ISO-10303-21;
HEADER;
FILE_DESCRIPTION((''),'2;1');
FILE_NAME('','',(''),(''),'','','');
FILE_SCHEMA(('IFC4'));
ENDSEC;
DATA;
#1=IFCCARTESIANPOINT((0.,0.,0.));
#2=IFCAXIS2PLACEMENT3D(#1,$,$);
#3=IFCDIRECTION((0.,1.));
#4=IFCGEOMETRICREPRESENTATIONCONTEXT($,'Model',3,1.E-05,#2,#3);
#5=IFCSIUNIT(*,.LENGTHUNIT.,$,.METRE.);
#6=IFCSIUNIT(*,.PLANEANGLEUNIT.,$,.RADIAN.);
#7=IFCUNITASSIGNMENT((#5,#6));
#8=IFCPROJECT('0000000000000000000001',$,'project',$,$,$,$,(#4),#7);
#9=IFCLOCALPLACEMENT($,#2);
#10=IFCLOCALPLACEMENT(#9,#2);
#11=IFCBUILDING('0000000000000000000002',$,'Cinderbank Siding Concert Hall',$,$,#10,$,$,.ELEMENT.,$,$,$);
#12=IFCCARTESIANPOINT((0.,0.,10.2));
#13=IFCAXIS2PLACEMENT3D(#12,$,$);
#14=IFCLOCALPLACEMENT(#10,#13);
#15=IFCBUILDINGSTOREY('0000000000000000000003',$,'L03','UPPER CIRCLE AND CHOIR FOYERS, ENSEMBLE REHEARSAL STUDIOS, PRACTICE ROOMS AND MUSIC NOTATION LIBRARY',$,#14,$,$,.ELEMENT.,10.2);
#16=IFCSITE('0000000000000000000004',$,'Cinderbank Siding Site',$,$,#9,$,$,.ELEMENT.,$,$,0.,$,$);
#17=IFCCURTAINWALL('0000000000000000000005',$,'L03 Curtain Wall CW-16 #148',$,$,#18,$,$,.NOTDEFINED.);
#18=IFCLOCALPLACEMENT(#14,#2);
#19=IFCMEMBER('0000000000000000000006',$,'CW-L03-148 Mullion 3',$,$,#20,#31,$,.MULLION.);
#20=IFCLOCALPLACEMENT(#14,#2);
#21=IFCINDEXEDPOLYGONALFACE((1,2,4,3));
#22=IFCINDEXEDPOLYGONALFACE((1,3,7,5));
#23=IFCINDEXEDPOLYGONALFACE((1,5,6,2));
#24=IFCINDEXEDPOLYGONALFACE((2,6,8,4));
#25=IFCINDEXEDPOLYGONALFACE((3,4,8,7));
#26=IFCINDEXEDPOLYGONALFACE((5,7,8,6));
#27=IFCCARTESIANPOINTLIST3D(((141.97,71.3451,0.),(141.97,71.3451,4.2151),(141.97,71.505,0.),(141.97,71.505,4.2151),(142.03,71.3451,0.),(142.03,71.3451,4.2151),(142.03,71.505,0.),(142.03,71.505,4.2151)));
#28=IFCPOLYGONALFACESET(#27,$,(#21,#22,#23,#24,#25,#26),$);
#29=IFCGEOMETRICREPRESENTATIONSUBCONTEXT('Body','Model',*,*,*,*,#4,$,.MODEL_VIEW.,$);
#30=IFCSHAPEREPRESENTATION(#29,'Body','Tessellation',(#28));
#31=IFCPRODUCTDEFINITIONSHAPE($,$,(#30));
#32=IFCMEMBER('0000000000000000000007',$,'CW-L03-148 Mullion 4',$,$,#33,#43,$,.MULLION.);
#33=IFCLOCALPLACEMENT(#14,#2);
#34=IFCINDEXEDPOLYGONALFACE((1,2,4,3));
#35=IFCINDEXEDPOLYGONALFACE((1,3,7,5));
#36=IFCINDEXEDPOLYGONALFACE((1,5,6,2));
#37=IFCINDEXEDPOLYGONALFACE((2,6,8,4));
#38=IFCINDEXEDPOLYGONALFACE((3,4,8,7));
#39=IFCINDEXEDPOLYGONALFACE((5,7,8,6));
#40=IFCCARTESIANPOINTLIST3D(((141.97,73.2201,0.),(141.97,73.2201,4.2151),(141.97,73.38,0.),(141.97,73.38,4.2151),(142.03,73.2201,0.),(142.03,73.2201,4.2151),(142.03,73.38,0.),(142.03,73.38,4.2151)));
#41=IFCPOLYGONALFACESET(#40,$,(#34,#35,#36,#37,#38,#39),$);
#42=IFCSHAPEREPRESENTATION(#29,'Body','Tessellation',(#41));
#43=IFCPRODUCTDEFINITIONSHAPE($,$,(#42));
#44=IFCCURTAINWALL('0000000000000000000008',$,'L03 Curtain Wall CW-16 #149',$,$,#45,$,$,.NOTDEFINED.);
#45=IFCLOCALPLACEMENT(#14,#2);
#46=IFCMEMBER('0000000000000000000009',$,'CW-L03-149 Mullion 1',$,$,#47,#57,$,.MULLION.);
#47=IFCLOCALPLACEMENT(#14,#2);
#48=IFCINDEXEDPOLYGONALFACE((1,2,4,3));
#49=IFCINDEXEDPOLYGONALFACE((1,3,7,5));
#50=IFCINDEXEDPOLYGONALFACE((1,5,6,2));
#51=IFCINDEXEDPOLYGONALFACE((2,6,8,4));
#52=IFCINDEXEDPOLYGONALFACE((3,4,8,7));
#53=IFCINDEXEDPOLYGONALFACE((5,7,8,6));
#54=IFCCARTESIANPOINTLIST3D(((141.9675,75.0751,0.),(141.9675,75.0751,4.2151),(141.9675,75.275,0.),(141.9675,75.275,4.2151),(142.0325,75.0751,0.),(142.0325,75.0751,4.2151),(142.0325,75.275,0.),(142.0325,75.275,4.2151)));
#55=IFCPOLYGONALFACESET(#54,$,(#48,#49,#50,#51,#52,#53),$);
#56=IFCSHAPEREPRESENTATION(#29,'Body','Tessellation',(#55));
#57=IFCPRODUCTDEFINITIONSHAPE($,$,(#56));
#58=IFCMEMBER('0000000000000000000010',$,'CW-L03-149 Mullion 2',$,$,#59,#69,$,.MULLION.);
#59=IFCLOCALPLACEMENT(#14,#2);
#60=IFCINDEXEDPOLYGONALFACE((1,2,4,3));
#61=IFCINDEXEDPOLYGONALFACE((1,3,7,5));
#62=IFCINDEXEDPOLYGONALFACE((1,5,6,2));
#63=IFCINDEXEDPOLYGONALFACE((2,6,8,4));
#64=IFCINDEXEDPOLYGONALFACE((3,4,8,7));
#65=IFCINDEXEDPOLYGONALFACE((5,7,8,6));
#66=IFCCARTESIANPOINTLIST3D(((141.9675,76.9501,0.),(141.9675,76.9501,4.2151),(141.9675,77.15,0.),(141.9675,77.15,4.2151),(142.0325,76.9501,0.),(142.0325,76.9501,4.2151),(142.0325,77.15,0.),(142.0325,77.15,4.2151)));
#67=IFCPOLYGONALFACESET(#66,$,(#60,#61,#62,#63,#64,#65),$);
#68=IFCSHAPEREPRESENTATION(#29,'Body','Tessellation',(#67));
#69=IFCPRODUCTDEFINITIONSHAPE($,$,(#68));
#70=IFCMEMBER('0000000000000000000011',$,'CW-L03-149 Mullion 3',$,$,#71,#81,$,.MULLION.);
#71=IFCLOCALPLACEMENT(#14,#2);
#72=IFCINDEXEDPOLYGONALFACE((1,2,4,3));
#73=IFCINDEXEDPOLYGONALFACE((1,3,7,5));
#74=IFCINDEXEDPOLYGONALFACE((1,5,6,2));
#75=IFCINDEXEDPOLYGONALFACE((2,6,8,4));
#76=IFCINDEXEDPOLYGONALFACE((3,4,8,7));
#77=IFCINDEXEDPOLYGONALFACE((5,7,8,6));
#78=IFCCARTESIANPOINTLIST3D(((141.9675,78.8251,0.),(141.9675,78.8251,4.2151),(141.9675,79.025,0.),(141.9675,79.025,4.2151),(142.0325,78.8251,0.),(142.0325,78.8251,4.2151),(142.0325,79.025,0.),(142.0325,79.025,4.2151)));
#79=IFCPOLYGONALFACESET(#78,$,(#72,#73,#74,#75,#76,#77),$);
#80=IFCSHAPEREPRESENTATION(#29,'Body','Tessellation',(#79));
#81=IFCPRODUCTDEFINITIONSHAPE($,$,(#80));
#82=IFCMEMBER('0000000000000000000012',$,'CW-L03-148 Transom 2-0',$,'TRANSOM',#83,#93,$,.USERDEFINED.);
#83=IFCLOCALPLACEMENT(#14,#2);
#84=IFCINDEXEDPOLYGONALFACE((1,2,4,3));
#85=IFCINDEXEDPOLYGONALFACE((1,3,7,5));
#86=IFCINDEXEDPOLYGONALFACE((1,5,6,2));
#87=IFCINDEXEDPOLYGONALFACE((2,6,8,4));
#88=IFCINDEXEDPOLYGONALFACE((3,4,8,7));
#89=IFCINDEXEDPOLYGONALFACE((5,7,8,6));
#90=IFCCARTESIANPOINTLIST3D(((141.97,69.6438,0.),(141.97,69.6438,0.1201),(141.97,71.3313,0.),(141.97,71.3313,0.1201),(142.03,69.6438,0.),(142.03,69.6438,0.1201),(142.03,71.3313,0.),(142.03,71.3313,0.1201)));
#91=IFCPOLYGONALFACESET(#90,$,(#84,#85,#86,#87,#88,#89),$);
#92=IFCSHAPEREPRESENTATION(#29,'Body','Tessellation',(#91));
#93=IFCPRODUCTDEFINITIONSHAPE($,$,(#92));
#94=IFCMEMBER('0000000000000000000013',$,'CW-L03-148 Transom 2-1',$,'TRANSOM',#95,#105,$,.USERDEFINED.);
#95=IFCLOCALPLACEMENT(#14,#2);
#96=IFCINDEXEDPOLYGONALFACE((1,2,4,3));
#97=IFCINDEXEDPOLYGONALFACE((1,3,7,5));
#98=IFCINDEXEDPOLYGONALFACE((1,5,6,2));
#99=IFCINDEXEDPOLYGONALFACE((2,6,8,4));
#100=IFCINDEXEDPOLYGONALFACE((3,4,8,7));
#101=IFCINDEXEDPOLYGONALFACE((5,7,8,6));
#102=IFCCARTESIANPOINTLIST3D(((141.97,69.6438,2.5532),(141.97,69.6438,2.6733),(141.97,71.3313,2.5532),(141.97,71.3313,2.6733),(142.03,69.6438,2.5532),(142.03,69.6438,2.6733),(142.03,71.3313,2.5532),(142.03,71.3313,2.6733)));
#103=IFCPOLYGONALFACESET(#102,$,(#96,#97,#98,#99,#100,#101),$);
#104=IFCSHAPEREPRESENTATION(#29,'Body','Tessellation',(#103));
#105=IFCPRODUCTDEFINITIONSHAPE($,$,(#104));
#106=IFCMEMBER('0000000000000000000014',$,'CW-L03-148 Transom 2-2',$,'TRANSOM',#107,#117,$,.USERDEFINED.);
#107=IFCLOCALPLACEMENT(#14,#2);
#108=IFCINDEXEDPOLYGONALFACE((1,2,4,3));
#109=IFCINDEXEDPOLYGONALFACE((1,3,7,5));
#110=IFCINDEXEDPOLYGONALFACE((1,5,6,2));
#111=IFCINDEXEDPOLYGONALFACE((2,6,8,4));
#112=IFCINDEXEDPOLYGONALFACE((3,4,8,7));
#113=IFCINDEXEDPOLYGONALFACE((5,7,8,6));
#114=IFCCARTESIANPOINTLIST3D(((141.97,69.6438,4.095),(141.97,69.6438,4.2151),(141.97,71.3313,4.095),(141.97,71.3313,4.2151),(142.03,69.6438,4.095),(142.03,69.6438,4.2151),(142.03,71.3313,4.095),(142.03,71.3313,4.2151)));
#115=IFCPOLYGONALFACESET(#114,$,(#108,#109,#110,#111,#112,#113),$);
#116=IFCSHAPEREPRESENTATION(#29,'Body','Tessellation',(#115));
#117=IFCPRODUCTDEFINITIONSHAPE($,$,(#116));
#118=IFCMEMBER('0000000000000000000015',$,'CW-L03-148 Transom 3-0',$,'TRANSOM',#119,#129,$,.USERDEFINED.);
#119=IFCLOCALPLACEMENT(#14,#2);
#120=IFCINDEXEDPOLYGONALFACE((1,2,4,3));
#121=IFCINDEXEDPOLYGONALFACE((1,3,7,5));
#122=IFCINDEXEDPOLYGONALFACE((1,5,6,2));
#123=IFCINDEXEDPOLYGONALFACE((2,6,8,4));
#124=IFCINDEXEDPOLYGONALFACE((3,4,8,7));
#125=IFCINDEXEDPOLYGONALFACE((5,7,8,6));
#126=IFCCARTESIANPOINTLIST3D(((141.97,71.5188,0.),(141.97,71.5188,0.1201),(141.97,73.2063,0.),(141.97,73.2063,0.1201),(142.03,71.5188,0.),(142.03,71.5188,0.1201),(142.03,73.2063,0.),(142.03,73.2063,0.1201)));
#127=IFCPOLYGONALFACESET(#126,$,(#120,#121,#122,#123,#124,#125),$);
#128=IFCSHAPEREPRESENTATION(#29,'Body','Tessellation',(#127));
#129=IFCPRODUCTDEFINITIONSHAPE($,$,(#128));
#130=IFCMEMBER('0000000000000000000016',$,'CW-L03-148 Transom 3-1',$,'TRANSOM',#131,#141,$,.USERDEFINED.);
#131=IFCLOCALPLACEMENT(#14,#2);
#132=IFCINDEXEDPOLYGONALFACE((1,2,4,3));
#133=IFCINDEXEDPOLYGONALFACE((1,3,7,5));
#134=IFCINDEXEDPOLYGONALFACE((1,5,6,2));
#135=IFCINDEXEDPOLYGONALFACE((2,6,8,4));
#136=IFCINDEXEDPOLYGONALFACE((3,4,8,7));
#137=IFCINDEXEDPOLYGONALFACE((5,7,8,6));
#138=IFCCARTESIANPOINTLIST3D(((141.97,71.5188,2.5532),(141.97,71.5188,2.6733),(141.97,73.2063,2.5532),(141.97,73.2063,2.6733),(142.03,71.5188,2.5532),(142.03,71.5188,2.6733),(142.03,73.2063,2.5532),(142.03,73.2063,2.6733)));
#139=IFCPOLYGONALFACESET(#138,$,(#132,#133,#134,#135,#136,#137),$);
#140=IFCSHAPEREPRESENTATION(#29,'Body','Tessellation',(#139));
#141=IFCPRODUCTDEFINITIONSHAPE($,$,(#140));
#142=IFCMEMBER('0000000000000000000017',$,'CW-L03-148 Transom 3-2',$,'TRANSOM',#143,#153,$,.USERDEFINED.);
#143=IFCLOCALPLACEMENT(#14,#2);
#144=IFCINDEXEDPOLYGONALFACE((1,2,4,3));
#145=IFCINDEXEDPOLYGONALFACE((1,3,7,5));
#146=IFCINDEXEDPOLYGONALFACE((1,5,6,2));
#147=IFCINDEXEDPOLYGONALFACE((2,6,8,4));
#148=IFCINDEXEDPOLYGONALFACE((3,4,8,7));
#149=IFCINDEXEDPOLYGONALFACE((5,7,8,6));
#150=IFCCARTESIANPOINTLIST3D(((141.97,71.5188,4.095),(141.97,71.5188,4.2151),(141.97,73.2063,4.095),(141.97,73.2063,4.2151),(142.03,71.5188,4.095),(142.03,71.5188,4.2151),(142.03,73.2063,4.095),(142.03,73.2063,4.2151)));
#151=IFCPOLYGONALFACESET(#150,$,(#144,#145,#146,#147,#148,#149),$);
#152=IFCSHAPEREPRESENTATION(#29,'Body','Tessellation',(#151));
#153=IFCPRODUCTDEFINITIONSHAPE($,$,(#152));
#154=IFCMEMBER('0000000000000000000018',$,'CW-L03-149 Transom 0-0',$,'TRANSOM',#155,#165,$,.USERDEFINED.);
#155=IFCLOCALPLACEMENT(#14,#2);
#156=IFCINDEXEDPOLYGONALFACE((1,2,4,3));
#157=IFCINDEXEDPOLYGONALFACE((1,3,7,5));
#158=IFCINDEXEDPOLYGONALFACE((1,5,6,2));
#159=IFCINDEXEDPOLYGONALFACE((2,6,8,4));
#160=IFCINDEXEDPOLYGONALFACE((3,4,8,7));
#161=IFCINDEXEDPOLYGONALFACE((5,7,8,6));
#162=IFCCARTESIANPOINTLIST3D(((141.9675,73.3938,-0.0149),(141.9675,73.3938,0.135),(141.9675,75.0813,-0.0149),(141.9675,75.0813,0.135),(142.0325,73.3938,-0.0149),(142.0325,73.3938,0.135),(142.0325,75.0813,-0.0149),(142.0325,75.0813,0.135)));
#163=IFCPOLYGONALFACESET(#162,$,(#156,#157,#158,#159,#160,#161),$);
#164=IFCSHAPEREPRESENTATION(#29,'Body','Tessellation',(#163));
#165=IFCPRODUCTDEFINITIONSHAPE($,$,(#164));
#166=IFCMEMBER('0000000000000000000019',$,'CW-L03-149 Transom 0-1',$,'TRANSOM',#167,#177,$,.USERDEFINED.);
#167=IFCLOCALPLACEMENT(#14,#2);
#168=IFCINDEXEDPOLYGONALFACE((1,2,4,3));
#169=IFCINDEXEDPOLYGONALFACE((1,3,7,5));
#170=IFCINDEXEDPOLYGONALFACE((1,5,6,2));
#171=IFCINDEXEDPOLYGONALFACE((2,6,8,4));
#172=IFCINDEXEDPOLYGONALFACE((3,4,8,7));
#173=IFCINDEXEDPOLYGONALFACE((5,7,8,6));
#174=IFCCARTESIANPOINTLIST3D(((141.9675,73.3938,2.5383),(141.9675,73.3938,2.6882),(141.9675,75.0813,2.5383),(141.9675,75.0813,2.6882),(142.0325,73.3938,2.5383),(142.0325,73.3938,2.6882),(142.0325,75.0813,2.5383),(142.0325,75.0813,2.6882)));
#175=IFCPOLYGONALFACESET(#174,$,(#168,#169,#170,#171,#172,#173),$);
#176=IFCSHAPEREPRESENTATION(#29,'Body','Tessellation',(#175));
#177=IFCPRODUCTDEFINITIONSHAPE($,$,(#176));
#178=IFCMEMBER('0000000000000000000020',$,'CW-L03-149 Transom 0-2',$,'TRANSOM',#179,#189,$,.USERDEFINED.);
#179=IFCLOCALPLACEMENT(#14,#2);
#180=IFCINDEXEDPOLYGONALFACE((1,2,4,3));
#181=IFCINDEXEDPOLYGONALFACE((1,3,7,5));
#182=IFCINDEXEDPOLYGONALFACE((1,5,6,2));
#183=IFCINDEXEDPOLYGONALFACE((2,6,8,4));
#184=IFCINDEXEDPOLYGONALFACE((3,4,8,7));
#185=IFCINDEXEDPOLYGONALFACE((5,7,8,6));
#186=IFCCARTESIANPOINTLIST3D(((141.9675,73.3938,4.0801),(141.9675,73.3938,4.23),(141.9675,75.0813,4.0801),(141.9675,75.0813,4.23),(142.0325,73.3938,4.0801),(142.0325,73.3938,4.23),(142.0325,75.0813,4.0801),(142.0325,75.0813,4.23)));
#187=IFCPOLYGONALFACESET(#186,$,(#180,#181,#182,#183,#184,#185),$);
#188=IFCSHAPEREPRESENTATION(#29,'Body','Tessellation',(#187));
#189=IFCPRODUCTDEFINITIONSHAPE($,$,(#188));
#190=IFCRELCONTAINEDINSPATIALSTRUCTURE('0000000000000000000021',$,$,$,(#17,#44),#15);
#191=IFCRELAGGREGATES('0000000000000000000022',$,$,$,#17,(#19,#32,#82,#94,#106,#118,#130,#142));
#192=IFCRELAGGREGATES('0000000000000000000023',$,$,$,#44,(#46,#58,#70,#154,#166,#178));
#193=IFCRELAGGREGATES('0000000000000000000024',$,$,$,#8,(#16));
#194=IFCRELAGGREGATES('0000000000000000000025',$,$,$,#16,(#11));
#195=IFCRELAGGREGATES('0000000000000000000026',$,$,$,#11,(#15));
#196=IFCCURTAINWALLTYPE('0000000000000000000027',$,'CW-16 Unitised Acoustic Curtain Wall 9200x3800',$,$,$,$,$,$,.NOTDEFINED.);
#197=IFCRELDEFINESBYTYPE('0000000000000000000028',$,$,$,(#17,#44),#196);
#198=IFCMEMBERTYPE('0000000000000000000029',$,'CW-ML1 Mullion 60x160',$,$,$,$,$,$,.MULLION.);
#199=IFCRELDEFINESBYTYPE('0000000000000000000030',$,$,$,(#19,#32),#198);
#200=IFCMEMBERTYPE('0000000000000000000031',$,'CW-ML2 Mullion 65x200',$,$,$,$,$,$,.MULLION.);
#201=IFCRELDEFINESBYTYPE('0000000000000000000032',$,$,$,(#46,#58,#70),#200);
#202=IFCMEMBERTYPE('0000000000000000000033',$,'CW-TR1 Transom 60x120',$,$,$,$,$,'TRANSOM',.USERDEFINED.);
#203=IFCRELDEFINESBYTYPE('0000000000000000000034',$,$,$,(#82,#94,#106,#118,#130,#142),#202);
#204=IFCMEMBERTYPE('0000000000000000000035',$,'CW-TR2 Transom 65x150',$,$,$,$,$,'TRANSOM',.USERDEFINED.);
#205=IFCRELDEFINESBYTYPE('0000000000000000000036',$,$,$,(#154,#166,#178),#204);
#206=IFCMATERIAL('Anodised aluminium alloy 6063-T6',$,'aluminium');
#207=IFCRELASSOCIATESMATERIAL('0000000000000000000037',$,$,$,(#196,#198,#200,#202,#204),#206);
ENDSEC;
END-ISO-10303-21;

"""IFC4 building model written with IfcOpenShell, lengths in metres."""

from ifc_helpers import new_model, si_unit, direction, frame, origin, origin_2d, place, context, subcontext, project, spatial, rectangle, extrude, material, material_profile, profile_set, type_object, element, aggregate, save


model = new_model("IFC4")

# Units and contexts
model_context = context("Model", 3, precision=1e-05, world=origin(), true_north=direction((0.0, 1.0)))
body_context = subcontext(model_context, "Body", "Model", "MODEL_VIEW")
ifc_project = project(units=[si_unit("LENGTHUNIT", "METRE"), si_unit("PLANEANGLEUNIT", "RADIAN")], contexts=[model_context])

# Site, building, storey
site_placement = place(None, origin())
site = spatial("IfcSite", under=ifc_project, at=site_placement, Name="Cinderbank Siding Site", CompositionType="ELEMENT", RefElevation=0.0)
building_placement = place(site_placement, origin())
building = spatial("IfcBuilding", under=site, at=building_placement, Name="Cinderbank Siding Concert Hall", CompositionType="ELEMENT")
storey_placement = place(building_placement, frame((0.0, 0.0, 10.2)))
storey = spatial("IfcBuildingStorey", under=building, at=storey_placement, Name="L03", Description="UPPER CIRCLE AND CHOIR FOYERS, ENSEMBLE REHEARSAL STUDIOS, PRACTICE ROOMS AND MUSIC NOTATION LIBRARY", CompositionType="ELEMENT", Elevation=10.2)

# Curtain walls, members
ifc_material_1 = material(Name="Anodised aluminium alloy 6063-T6", Category="aluminium")
curtain_wall_type = type_object("IfcCurtainWallType", Name="CW-16 Unitised Acoustic Curtain Wall 9200x3800", PredefinedType="NOTDEFINED", material=ifc_material_1)
curtain_wall_1_placement = place(storey_placement, origin())
curtain_wall_1 = element("IfcCurtainWall", 1, at=curtain_wall_1_placement, inside=storey, type_object=curtain_wall_type, Name="L03 Curtain Wall CW-16 #148", PredefinedType="NOTDEFINED")
ifc_material_profile_1 = material_profile(ifc_material_1, rectangle(XDim=0.0601, YDim=0.1599, at=origin_2d()), Name="ALU-MULL-60x160", Category="LoadBearing")
ifc_profile_set_1 = profile_set([ifc_material_profile_1], Name="Anodised aluminium alloy 6063-T6")
member_type_1 = type_object("IfcMemberType", Name="CW-ML1 Mullion 60x160", PredefinedType="MULLION", material=ifc_profile_set_1)
member_1_placement = place(storey_placement, frame((142.0, 71.425, 0.0), z_axis=(0.0, 0.0, 1.0), x_axis=(1.0, 0.0, 0.0)))
member_1 = element("IfcMember", 2, at=member_1_placement, type_object=member_type_1, Name="CW-L03-148 Mullion 3", PredefinedType="MULLION", context=body_context, shape_type="SweptSolid", body=[
    extrude(rectangle(XDim=0.0601, YDim=0.1599, at=origin_2d()), origin(), (0.0, 0.0, 1.0), 4.2151),
])
member_2_placement = place(storey_placement, frame((142.0, 73.3, 0.0), z_axis=(0.0, 0.0, 1.0), x_axis=(1.0, 0.0, 0.0)))
member_2 = element("IfcMember", 3, at=member_2_placement, type_object=member_type_1, Name="CW-L03-148 Mullion 4", PredefinedType="MULLION", context=body_context, shape_type="SweptSolid", body=[
    extrude(rectangle(XDim=0.0601, YDim=0.1599, at=origin_2d()), origin(), (0.0, 0.0, 1.0), 4.2151),
])
curtain_wall_2_placement = place(storey_placement, origin())
curtain_wall_2 = element("IfcCurtainWall", 4, at=curtain_wall_2_placement, inside=storey, type_object=curtain_wall_type, Name="L03 Curtain Wall CW-16 #149", PredefinedType="NOTDEFINED")
ifc_material_profile_2 = material_profile(ifc_material_1, rectangle(XDim=0.0649, YDim=0.2, at=origin_2d()), Name="ALU-MULL-65x200", Category="LoadBearing")
ifc_profile_set_2 = profile_set([ifc_material_profile_2], Name="Anodised aluminium alloy 6063-T6")
member_type_2 = type_object("IfcMemberType", Name="CW-ML2 Mullion 65x200", PredefinedType="MULLION", material=ifc_profile_set_2)
member_3_placement = place(storey_placement, frame((142.0, 75.175, 0.0), z_axis=(0.0, 0.0, 1.0), x_axis=(1.0, 0.0, 0.0)))
member_3 = element("IfcMember", 5, at=member_3_placement, type_object=member_type_2, Name="CW-L03-149 Mullion 1", PredefinedType="MULLION", context=body_context, shape_type="SweptSolid", body=[
    extrude(rectangle(XDim=0.0649, YDim=0.2, at=origin_2d()), origin(), (0.0, 0.0, 1.0), 4.2151),
])
member_4_placement = place(storey_placement, frame((142.0, 77.05, 0.0), z_axis=(0.0, 0.0, 1.0), x_axis=(1.0, 0.0, 0.0)))
member_4 = element("IfcMember", 6, at=member_4_placement, type_object=member_type_2, Name="CW-L03-149 Mullion 2", PredefinedType="MULLION", context=body_context, shape_type="SweptSolid", body=[
    extrude(rectangle(XDim=0.0649, YDim=0.2, at=origin_2d()), origin(), (0.0, 0.0, 1.0), 4.2151),
])
member_5_placement = place(storey_placement, frame((142.0, 78.925, 0.0), z_axis=(0.0, 0.0, 1.0), x_axis=(1.0, 0.0, 0.0)))
member_5 = element("IfcMember", 7, at=member_5_placement, type_object=member_type_2, Name="CW-L03-149 Mullion 3", PredefinedType="MULLION", context=body_context, shape_type="SweptSolid", body=[
    extrude(rectangle(XDim=0.0649, YDim=0.2, at=origin_2d()), origin(), (0.0, 0.0, 1.0), 4.2151),
])

# Members
ifc_material_profile_3 = material_profile(ifc_material_1, rectangle(XDim=0.0601, YDim=0.1201, at=origin_2d()), Name="ALU-TRAN-60x120", Category="LoadBearing")
ifc_profile_set_3 = profile_set([ifc_material_profile_3], Name="Anodised aluminium alloy 6063-T6")
member_type_3 = type_object("IfcMemberType", Name="CW-TR1 Transom 60x120", ElementType="TRANSOM", PredefinedType="USERDEFINED", material=ifc_profile_set_3)
member_6_placement = place(storey_placement, frame((142.0, 69.6438, 0.0601), z_axis=(0.0, 1.0, 0.0), x_axis=(-1.0, 0.0, 0.0)))
member_6 = element("IfcMember", 8, at=member_6_placement, type_object=member_type_3, Name="CW-L03-148 Transom 2-0", ObjectType="TRANSOM", PredefinedType="USERDEFINED", context=body_context, shape_type="SweptSolid", body=[
    extrude(rectangle(XDim=0.0601, YDim=0.1201, at=origin_2d()), origin(), (0.0, 0.0, 1.0), 1.6875),
])
member_7_placement = place(storey_placement, frame((142.0, 69.6438, 2.6133), z_axis=(0.0, 1.0, 0.0), x_axis=(-1.0, 0.0, 0.0)))
member_7 = element("IfcMember", 9, at=member_7_placement, type_object=member_type_3, Name="CW-L03-148 Transom 2-1", ObjectType="TRANSOM", PredefinedType="USERDEFINED", context=body_context, shape_type="SweptSolid", body=[
    extrude(rectangle(XDim=0.0601, YDim=0.1201, at=origin_2d()), origin(), (0.0, 0.0, 1.0), 1.6875),
])
member_8_placement = place(storey_placement, frame((142.0, 69.6438, 4.155), z_axis=(0.0, 1.0, 0.0), x_axis=(-1.0, 0.0, 0.0)))
member_8 = element("IfcMember", 10, at=member_8_placement, type_object=member_type_3, Name="CW-L03-148 Transom 2-2", ObjectType="TRANSOM", PredefinedType="USERDEFINED", context=body_context, shape_type="SweptSolid", body=[
    extrude(rectangle(XDim=0.0601, YDim=0.1201, at=origin_2d()), origin(), (0.0, 0.0, 1.0), 1.6875),
])
member_9_placement = place(storey_placement, frame((142.0, 71.5188, 0.0601), z_axis=(0.0, 1.0, 0.0), x_axis=(-1.0, 0.0, 0.0)))
member_9 = element("IfcMember", 11, at=member_9_placement, type_object=member_type_3, Name="CW-L03-148 Transom 3-0", ObjectType="TRANSOM", PredefinedType="USERDEFINED", context=body_context, shape_type="SweptSolid", body=[
    extrude(rectangle(XDim=0.0601, YDim=0.1201, at=origin_2d()), origin(), (0.0, 0.0, 1.0), 1.6875),
])
member_10_placement = place(storey_placement, frame((142.0, 71.5188, 2.6133), z_axis=(0.0, 1.0, 0.0), x_axis=(-1.0, 0.0, 0.0)))
member_10 = element("IfcMember", 12, at=member_10_placement, type_object=member_type_3, Name="CW-L03-148 Transom 3-1", ObjectType="TRANSOM", PredefinedType="USERDEFINED", context=body_context, shape_type="SweptSolid", body=[
    extrude(rectangle(XDim=0.0601, YDim=0.1201, at=origin_2d()), origin(), (0.0, 0.0, 1.0), 1.6875),
])
member_11_placement = place(storey_placement, frame((142.0, 71.5188, 4.155), z_axis=(0.0, 1.0, 0.0), x_axis=(-1.0, 0.0, 0.0)))
member_11 = element("IfcMember", 13, at=member_11_placement, type_object=member_type_3, Name="CW-L03-148 Transom 3-2", ObjectType="TRANSOM", PredefinedType="USERDEFINED", context=body_context, shape_type="SweptSolid", body=[
    extrude(rectangle(XDim=0.0601, YDim=0.1201, at=origin_2d()), origin(), (0.0, 0.0, 1.0), 1.6875),
])
ifc_material_profile_4 = material_profile(ifc_material_1, rectangle(XDim=0.0649, YDim=0.1499, at=origin_2d()), Name="ALU-TRAN-65x150", Category="LoadBearing")
ifc_profile_set_4 = profile_set([ifc_material_profile_4], Name="Anodised aluminium alloy 6063-T6")
member_type_4 = type_object("IfcMemberType", Name="CW-TR2 Transom 65x150", ElementType="TRANSOM", PredefinedType="USERDEFINED", material=ifc_profile_set_4)
member_12_placement = place(storey_placement, frame((142.0, 73.3938, 0.0601), z_axis=(0.0, 1.0, 0.0), x_axis=(-1.0, 0.0, 0.0)))
member_12 = element("IfcMember", 14, at=member_12_placement, type_object=member_type_4, Name="CW-L03-149 Transom 0-0", ObjectType="TRANSOM", PredefinedType="USERDEFINED", context=body_context, shape_type="SweptSolid", body=[
    extrude(rectangle(XDim=0.0649, YDim=0.1499, at=origin_2d()), origin(), (0.0, 0.0, 1.0), 1.6875),
])
member_13_placement = place(storey_placement, frame((142.0, 73.3938, 2.6133), z_axis=(0.0, 1.0, 0.0), x_axis=(-1.0, 0.0, 0.0)))
member_13 = element("IfcMember", 15, at=member_13_placement, type_object=member_type_4, Name="CW-L03-149 Transom 0-1", ObjectType="TRANSOM", PredefinedType="USERDEFINED", context=body_context, shape_type="SweptSolid", body=[
    extrude(rectangle(XDim=0.0649, YDim=0.1499, at=origin_2d()), origin(), (0.0, 0.0, 1.0), 1.6875),
])
member_14_placement = place(storey_placement, frame((142.0, 73.3938, 4.155), z_axis=(0.0, 1.0, 0.0), x_axis=(-1.0, 0.0, 0.0)))
member_14 = element("IfcMember", 16, at=member_14_placement, type_object=member_type_4, Name="CW-L03-149 Transom 0-2", ObjectType="TRANSOM", PredefinedType="USERDEFINED", context=body_context, shape_type="SweptSolid", body=[
    extrude(rectangle(XDim=0.0649, YDim=0.1499, at=origin_2d()), origin(), (0.0, 0.0, 1.0), 1.6875),
])

aggregate(curtain_wall_1, [member_1, member_2, member_6, member_7, member_8, member_9, member_10, member_11])
aggregate(curtain_wall_2, [member_3, member_4, member_5, member_12, member_13, member_14])

save(model, "model.ifc")
